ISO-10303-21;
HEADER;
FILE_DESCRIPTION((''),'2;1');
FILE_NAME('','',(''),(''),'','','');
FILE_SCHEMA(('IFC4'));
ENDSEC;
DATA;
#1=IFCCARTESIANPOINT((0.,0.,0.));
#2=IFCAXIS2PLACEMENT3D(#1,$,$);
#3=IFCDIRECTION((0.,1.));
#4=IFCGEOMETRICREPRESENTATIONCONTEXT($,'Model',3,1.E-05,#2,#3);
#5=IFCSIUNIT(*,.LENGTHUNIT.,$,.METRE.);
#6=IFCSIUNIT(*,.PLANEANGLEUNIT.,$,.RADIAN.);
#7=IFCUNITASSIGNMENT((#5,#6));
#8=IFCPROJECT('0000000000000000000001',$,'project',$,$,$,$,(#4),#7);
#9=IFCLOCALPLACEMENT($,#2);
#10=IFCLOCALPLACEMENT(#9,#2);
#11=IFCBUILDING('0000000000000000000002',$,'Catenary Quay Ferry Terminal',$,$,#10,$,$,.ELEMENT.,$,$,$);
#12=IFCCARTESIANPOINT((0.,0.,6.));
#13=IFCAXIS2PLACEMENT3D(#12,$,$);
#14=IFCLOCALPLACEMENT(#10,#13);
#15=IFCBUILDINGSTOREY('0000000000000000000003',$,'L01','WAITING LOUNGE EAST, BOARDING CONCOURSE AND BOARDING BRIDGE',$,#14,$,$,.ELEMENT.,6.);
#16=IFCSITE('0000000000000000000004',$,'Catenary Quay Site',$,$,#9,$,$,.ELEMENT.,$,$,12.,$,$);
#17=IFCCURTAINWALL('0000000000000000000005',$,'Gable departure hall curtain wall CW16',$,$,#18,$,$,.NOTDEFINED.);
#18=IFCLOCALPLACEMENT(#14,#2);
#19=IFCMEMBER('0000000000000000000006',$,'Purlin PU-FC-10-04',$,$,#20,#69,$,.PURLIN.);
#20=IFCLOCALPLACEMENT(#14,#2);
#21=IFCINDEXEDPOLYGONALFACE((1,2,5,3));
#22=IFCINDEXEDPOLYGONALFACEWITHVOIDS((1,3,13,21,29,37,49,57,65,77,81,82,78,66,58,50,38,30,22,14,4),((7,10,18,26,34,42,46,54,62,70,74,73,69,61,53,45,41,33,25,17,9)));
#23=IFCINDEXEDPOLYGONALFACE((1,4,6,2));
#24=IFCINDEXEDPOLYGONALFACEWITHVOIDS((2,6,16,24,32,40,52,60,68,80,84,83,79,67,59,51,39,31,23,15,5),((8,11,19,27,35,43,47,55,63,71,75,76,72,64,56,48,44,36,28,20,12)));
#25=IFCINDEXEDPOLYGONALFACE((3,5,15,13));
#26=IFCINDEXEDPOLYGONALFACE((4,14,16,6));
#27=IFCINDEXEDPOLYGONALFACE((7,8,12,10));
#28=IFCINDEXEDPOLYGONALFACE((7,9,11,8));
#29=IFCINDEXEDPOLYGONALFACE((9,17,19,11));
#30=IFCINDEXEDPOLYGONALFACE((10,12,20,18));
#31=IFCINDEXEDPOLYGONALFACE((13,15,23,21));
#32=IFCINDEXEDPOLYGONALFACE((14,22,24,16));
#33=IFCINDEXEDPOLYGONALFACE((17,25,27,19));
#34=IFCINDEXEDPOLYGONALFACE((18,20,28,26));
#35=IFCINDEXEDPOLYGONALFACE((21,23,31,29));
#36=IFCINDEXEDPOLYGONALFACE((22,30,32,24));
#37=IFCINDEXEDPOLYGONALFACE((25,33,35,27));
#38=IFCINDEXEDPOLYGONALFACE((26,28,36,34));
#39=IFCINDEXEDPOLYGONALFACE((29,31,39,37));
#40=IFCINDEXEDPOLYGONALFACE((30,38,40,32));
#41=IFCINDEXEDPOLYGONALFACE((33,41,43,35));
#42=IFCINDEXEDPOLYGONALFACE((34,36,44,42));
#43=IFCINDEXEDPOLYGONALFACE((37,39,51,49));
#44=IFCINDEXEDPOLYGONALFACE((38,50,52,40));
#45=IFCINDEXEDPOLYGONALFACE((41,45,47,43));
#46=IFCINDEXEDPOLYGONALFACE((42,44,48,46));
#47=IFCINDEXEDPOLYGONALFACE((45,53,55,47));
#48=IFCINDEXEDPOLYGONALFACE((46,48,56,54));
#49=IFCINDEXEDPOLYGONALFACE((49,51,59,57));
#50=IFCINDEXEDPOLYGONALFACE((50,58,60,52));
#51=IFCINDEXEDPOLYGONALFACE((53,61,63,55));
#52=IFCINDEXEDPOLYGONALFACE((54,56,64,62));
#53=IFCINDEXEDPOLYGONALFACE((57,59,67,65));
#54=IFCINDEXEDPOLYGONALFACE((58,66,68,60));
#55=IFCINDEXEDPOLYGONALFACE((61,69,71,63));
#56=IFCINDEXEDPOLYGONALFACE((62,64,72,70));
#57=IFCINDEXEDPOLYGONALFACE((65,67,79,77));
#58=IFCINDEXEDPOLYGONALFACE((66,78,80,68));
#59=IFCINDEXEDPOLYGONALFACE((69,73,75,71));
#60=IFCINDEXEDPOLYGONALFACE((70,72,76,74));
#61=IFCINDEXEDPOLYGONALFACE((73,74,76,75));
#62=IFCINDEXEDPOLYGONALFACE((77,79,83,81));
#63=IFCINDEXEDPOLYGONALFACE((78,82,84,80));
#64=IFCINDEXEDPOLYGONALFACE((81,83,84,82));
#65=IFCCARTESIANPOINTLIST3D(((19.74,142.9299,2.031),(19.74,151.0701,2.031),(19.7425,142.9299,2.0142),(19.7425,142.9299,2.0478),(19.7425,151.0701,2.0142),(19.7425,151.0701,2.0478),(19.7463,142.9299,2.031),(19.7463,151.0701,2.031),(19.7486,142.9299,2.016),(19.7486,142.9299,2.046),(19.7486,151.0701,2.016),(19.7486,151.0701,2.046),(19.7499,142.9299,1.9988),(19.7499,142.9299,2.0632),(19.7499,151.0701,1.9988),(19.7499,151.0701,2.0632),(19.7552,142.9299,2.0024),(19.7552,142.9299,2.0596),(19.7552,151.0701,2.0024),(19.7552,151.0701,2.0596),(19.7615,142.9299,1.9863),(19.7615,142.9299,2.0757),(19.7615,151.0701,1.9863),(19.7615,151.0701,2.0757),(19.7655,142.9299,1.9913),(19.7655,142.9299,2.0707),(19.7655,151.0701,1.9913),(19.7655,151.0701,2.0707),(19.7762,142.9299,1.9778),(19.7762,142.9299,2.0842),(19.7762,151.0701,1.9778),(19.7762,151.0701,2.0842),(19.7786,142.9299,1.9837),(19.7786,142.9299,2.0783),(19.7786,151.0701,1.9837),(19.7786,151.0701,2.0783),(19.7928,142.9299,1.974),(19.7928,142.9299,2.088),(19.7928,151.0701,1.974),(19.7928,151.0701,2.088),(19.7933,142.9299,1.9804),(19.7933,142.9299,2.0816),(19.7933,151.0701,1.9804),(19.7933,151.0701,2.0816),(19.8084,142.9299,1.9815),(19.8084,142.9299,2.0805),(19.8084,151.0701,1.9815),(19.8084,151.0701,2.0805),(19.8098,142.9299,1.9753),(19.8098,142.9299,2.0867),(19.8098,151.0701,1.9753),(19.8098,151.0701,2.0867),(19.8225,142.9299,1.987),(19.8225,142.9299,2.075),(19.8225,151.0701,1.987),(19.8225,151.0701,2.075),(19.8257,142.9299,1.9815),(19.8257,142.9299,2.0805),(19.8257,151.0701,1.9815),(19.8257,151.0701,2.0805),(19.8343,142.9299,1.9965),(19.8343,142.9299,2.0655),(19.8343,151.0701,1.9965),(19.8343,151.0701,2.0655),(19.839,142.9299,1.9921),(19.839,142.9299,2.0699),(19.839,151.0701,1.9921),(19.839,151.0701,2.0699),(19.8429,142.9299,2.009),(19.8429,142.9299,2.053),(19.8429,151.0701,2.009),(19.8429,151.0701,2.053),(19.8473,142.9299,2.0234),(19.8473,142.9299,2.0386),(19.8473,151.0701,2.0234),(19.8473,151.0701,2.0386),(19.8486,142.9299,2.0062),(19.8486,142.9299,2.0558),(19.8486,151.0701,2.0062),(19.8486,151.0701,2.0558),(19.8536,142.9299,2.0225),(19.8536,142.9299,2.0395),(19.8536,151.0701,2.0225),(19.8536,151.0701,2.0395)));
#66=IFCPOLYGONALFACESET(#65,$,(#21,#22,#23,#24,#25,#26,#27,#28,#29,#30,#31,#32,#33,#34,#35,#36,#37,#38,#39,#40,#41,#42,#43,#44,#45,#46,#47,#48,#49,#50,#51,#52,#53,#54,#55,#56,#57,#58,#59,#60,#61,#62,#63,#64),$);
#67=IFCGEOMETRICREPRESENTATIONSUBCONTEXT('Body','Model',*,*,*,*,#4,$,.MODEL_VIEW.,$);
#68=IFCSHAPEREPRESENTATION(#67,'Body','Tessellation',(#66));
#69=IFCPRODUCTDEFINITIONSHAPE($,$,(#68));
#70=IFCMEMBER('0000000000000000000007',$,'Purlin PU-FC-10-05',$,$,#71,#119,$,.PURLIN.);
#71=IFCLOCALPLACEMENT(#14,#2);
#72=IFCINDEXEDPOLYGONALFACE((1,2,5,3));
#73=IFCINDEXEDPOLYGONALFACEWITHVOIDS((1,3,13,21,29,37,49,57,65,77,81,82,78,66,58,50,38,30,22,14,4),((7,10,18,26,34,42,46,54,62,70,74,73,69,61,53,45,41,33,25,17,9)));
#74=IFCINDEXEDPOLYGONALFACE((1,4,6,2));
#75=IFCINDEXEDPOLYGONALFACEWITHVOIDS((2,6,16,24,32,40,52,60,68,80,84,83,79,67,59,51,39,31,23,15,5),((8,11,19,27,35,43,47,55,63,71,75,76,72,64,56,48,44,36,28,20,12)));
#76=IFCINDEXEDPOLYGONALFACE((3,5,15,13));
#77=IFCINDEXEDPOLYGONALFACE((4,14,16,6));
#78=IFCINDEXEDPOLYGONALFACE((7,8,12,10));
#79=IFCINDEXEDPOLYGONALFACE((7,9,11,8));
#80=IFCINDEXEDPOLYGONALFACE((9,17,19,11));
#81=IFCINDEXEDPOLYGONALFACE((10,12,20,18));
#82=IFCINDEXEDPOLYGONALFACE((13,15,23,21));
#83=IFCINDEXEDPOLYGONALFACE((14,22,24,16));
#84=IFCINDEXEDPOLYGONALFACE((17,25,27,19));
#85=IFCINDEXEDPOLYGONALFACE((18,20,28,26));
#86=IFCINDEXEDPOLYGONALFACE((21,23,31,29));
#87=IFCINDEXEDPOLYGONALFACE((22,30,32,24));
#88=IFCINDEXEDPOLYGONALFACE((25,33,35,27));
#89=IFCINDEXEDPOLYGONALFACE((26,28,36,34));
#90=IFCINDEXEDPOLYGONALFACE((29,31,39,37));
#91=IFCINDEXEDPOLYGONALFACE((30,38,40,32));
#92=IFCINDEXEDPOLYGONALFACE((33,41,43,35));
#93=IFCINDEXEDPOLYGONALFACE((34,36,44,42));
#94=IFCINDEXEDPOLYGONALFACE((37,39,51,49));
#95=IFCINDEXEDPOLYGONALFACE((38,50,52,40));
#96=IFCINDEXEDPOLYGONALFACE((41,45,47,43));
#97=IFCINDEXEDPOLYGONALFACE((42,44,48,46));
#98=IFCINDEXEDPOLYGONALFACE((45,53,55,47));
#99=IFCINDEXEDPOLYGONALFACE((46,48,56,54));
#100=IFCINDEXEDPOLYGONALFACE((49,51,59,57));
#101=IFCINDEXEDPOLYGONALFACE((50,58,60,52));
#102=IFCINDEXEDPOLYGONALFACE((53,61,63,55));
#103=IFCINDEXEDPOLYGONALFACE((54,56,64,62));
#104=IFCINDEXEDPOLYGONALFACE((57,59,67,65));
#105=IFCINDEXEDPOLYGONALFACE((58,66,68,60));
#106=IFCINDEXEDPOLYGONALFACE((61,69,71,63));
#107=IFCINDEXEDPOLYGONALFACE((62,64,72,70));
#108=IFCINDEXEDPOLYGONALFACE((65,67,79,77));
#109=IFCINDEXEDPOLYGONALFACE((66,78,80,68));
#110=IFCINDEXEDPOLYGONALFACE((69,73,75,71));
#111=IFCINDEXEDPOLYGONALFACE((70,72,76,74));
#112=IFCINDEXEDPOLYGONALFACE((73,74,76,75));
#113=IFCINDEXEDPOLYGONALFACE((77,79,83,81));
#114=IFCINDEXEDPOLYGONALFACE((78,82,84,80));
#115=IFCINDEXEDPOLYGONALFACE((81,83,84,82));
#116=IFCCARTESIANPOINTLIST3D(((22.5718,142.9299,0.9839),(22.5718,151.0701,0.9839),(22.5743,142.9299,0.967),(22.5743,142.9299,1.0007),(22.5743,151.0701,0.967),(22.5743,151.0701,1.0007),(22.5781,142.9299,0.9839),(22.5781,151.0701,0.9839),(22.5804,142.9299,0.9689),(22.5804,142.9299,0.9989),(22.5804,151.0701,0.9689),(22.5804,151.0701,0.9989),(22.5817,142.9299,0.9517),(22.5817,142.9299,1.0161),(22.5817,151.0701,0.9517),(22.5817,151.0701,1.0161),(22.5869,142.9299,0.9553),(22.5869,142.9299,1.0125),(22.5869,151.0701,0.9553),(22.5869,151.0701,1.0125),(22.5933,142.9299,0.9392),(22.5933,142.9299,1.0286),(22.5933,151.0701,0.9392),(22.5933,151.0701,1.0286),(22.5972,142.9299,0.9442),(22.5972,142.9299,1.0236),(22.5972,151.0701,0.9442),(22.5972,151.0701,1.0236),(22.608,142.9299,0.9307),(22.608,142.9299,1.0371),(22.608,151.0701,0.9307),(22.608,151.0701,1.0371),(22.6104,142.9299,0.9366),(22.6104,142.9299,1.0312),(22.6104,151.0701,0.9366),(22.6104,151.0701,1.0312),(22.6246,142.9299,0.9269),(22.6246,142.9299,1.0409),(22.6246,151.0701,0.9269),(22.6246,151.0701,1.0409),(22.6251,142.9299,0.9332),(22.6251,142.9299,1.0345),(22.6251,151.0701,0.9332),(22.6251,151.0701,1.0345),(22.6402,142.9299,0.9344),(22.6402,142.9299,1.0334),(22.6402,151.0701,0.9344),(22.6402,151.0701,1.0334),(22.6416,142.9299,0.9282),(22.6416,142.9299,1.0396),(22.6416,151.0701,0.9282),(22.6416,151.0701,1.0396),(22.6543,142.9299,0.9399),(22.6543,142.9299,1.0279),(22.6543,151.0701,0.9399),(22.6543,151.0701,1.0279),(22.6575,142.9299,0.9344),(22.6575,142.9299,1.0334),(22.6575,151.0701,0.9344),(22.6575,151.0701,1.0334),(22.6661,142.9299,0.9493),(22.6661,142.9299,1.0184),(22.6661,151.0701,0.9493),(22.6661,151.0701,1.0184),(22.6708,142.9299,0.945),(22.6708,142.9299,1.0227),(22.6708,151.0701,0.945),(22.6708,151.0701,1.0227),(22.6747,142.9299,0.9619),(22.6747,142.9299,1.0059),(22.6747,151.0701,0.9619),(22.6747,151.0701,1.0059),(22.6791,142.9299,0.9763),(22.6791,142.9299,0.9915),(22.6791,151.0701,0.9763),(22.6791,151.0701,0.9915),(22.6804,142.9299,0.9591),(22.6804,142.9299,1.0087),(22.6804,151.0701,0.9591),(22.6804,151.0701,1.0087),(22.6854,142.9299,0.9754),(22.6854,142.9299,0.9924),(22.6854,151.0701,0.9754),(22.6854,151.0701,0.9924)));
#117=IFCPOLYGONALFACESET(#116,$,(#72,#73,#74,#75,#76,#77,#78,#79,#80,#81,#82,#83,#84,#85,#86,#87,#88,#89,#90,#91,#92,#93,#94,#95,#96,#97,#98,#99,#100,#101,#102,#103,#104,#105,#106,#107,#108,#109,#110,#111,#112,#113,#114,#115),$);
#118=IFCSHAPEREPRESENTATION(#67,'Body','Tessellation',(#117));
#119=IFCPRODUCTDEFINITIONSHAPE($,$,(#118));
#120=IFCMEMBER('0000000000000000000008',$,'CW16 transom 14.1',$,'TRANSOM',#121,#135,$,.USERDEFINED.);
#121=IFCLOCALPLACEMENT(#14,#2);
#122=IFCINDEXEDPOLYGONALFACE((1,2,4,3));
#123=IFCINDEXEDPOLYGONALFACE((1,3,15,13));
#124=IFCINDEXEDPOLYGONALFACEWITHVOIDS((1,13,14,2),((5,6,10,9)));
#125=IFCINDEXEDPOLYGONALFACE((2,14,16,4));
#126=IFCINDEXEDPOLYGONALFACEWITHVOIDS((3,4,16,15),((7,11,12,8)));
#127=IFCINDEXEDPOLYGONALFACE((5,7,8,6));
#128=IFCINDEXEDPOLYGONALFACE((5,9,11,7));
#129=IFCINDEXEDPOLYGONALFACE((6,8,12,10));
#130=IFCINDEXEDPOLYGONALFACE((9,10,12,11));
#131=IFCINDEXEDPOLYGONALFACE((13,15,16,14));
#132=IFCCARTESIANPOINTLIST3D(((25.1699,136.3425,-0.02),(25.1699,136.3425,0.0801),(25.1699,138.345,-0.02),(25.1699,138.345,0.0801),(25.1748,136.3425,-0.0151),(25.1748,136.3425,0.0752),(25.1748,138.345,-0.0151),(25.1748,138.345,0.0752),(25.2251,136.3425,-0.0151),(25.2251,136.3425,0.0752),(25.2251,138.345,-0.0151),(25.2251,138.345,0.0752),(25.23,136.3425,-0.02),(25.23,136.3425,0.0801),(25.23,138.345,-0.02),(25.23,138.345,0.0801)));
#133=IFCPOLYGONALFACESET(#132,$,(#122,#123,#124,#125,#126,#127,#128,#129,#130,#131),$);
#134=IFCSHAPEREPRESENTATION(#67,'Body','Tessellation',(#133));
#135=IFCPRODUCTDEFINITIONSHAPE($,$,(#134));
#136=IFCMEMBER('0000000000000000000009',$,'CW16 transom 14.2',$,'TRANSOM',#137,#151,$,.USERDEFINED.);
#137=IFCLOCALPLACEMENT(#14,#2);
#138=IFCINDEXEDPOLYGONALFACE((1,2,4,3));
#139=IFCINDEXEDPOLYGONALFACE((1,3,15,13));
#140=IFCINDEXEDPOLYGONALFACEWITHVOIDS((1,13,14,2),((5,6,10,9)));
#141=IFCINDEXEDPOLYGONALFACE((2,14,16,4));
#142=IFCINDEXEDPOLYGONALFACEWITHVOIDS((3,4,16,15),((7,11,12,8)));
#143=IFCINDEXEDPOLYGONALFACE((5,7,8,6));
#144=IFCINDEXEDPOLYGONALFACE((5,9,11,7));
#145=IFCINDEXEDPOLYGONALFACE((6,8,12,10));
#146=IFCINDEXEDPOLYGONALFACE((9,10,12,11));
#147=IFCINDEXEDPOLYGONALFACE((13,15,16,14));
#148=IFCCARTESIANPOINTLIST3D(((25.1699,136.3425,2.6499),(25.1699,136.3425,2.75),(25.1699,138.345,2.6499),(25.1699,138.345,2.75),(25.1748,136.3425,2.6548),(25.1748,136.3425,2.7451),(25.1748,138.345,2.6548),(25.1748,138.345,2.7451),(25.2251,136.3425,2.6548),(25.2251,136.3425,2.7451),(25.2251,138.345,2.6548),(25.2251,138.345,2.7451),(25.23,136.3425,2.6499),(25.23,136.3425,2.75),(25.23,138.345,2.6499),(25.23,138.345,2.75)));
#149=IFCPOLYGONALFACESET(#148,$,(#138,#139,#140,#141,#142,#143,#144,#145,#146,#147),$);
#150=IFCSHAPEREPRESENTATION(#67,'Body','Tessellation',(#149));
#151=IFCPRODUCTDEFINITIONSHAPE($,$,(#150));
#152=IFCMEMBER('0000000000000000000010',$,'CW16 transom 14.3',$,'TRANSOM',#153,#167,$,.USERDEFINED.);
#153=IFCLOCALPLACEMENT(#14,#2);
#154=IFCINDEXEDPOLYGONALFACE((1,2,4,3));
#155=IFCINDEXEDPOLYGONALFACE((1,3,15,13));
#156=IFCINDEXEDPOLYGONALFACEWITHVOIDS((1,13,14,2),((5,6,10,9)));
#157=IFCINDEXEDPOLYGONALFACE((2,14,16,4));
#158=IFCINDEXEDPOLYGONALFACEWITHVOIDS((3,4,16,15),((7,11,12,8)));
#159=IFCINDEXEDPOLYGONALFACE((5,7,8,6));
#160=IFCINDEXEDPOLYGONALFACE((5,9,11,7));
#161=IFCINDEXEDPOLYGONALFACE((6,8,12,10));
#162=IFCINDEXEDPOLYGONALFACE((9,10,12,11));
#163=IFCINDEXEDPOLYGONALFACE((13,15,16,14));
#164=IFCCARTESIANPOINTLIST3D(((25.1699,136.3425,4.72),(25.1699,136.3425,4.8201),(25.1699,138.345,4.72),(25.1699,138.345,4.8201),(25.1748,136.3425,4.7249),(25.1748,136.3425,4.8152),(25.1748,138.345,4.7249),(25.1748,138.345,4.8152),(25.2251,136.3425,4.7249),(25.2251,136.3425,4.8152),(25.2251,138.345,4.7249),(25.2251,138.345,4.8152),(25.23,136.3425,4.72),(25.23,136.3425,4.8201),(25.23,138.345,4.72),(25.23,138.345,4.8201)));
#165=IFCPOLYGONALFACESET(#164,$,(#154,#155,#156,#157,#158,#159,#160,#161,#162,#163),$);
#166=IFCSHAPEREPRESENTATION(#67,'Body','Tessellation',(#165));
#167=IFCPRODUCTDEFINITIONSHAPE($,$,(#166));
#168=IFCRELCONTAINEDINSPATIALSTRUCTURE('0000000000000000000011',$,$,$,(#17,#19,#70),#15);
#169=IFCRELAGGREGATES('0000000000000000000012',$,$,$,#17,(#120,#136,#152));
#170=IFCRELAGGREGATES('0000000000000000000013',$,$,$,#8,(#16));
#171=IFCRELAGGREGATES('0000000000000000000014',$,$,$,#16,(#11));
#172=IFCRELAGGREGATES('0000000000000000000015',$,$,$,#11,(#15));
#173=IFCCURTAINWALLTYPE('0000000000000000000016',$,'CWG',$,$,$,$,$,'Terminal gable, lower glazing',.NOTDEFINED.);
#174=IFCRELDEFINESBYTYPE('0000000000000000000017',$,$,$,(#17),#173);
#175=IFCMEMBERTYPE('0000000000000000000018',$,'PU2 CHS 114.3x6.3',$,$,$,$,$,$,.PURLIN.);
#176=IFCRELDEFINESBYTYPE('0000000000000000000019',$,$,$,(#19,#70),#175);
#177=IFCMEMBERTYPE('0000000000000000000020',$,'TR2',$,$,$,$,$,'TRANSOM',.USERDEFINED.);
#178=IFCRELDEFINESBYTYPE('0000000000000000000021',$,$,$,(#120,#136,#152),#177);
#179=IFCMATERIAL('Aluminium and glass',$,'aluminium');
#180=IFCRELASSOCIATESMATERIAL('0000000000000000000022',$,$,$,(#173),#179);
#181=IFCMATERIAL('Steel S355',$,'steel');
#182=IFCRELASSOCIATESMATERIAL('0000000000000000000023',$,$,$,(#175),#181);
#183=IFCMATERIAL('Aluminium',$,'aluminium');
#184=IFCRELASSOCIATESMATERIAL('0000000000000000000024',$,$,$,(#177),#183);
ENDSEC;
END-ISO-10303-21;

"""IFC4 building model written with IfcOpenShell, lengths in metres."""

from ifc_helpers import new_model, si_unit, direction, frame, origin, origin_2d, place, context, subcontext, project, spatial, hollow_rectangle, hollow_circle, extrude, material, material_profile, profile_set, type_object, element, aggregate, save


model = new_model("IFC4")

# Units and contexts
model_context = context("Model", 3, precision=1e-05, world=origin(), true_north=direction((0.0, 1.0)))
body_context = subcontext(model_context, "Body", "Model", "MODEL_VIEW")
ifc_project = project(units=[si_unit("LENGTHUNIT", "METRE"), si_unit("PLANEANGLEUNIT", "RADIAN")], contexts=[model_context])

# Site, building, storey
site_placement = place(None, origin())
site = spatial("IfcSite", under=ifc_project, at=site_placement, Name="Catenary Quay Site", CompositionType="ELEMENT", RefElevation=12.0)
building_placement = place(site_placement, origin())
building = spatial("IfcBuilding", under=site, at=building_placement, Name="Catenary Quay Ferry Terminal", CompositionType="ELEMENT")
storey_placement = place(building_placement, frame((0.0, 0.0, 6.0)))
storey = spatial("IfcBuildingStorey", under=building, at=storey_placement, Name="L01", Description="WAITING LOUNGE EAST, BOARDING CONCOURSE AND BOARDING BRIDGE", CompositionType="ELEMENT", Elevation=6.0)

# Curtain wall
ifc_material_1 = material(Name="Aluminium and glass", Category="aluminium")
curtain_wall_type = type_object("IfcCurtainWallType", Name="CWG", ElementType="Terminal gable, lower glazing", PredefinedType="NOTDEFINED", material=ifc_material_1)
curtain_wall_placement = place(storey_placement, origin())
curtain_wall = element("IfcCurtainWall", 1, at=curtain_wall_placement, inside=storey, type_object=curtain_wall_type, Name="Gable departure hall curtain wall CW16", PredefinedType="NOTDEFINED")

# Members
ifc_material_2 = material(Name="Steel S355", Category="steel")
ifc_material_profile_1 = material_profile(ifc_material_2, hollow_circle(Radius=0.0571, WallThickness=0.0063, at=origin_2d()), Name="CHS 114.3x6.3")
ifc_profile_set_1 = profile_set([ifc_material_profile_1], Name="Steel S355")
member_type_1 = type_object("IfcMemberType", Name="PU2 CHS 114.3x6.3", PredefinedType="PURLIN", material=ifc_profile_set_1)
for number, where, z_axis, x_axis, name in (
    (2, (19.7971, 142.9299, 2.031), (0.0, 1.0, 0.0), (-1.0, 0.0, 0.0), "Purlin PU-FC-10-04"),
    (3, (22.6289, 142.9299, 0.9839), (0.0, 1.0, 0.0), (-1.0, 0.0, 0.0), "Purlin PU-FC-10-05"),
):
    element("IfcMember", number, at=place(storey_placement, frame(where, z_axis=z_axis, x_axis=x_axis)), inside=storey, type_object=member_type_1, Name=name, PredefinedType="PURLIN", context=body_context, shape_type="SweptSolid", body=[
        extrude(hollow_circle(Radius=0.0571, WallThickness=0.0063, at=origin_2d()), origin(), (0.0, 0.0, 1.0), 8.1401),
    ])

# Members
ifc_material_3 = material(Name="Aluminium", Category="aluminium")
ifc_material_profile_2 = material_profile(ifc_material_3, hollow_rectangle(XDim=0.0601, YDim=0.1001, WallThickness=0.0049, at=origin_2d()), Name="TR2")
ifc_profile_set_2 = profile_set([ifc_material_profile_2], Name="Aluminium")
member_type_2 = type_object("IfcMemberType", Name="TR2", ElementType="TRANSOM", PredefinedType="USERDEFINED", material=ifc_profile_set_2)
member_1_placement = place(storey_placement, frame((25.2, 136.3425, 0.03), z_axis=(0.0, 1.0, 0.0), x_axis=(-1.0, 0.0, 0.0)))
member_1 = element("IfcMember", 4, at=member_1_placement, type_object=member_type_2, Name="CW16 transom 14.1", ObjectType="TRANSOM", PredefinedType="USERDEFINED", context=body_context, shape_type="SweptSolid", body=[
    extrude(hollow_rectangle(XDim=0.0601, YDim=0.1001, WallThickness=0.0049, at=origin_2d()), origin(), (0.0, 0.0, 1.0), 2.0024),
])
member_2_placement = place(storey_placement, frame((25.2, 136.3425, 2.7), z_axis=(0.0, 1.0, 0.0), x_axis=(-1.0, 0.0, 0.0)))
member_2 = element("IfcMember", 5, at=member_2_placement, type_object=member_type_2, Name="CW16 transom 14.2", ObjectType="TRANSOM", PredefinedType="USERDEFINED", context=body_context, shape_type="SweptSolid", body=[
    extrude(hollow_rectangle(XDim=0.0601, YDim=0.1001, WallThickness=0.0049, at=origin_2d()), origin(), (0.0, 0.0, 1.0), 2.0024),
])
member_3_placement = place(storey_placement, frame((25.2, 136.3425, 4.77), z_axis=(0.0, 1.0, 0.0), x_axis=(-1.0, 0.0, 0.0)))
member_3 = element("IfcMember", 6, at=member_3_placement, type_object=member_type_2, Name="CW16 transom 14.3", ObjectType="TRANSOM", PredefinedType="USERDEFINED", context=body_context, shape_type="SweptSolid", body=[
    extrude(hollow_rectangle(XDim=0.0601, YDim=0.1001, WallThickness=0.0049, at=origin_2d()), origin(), (0.0, 0.0, 1.0), 2.0024),
])

aggregate(curtain_wall, [member_1, member_2, member_3])

save(model, "model.ifc")
